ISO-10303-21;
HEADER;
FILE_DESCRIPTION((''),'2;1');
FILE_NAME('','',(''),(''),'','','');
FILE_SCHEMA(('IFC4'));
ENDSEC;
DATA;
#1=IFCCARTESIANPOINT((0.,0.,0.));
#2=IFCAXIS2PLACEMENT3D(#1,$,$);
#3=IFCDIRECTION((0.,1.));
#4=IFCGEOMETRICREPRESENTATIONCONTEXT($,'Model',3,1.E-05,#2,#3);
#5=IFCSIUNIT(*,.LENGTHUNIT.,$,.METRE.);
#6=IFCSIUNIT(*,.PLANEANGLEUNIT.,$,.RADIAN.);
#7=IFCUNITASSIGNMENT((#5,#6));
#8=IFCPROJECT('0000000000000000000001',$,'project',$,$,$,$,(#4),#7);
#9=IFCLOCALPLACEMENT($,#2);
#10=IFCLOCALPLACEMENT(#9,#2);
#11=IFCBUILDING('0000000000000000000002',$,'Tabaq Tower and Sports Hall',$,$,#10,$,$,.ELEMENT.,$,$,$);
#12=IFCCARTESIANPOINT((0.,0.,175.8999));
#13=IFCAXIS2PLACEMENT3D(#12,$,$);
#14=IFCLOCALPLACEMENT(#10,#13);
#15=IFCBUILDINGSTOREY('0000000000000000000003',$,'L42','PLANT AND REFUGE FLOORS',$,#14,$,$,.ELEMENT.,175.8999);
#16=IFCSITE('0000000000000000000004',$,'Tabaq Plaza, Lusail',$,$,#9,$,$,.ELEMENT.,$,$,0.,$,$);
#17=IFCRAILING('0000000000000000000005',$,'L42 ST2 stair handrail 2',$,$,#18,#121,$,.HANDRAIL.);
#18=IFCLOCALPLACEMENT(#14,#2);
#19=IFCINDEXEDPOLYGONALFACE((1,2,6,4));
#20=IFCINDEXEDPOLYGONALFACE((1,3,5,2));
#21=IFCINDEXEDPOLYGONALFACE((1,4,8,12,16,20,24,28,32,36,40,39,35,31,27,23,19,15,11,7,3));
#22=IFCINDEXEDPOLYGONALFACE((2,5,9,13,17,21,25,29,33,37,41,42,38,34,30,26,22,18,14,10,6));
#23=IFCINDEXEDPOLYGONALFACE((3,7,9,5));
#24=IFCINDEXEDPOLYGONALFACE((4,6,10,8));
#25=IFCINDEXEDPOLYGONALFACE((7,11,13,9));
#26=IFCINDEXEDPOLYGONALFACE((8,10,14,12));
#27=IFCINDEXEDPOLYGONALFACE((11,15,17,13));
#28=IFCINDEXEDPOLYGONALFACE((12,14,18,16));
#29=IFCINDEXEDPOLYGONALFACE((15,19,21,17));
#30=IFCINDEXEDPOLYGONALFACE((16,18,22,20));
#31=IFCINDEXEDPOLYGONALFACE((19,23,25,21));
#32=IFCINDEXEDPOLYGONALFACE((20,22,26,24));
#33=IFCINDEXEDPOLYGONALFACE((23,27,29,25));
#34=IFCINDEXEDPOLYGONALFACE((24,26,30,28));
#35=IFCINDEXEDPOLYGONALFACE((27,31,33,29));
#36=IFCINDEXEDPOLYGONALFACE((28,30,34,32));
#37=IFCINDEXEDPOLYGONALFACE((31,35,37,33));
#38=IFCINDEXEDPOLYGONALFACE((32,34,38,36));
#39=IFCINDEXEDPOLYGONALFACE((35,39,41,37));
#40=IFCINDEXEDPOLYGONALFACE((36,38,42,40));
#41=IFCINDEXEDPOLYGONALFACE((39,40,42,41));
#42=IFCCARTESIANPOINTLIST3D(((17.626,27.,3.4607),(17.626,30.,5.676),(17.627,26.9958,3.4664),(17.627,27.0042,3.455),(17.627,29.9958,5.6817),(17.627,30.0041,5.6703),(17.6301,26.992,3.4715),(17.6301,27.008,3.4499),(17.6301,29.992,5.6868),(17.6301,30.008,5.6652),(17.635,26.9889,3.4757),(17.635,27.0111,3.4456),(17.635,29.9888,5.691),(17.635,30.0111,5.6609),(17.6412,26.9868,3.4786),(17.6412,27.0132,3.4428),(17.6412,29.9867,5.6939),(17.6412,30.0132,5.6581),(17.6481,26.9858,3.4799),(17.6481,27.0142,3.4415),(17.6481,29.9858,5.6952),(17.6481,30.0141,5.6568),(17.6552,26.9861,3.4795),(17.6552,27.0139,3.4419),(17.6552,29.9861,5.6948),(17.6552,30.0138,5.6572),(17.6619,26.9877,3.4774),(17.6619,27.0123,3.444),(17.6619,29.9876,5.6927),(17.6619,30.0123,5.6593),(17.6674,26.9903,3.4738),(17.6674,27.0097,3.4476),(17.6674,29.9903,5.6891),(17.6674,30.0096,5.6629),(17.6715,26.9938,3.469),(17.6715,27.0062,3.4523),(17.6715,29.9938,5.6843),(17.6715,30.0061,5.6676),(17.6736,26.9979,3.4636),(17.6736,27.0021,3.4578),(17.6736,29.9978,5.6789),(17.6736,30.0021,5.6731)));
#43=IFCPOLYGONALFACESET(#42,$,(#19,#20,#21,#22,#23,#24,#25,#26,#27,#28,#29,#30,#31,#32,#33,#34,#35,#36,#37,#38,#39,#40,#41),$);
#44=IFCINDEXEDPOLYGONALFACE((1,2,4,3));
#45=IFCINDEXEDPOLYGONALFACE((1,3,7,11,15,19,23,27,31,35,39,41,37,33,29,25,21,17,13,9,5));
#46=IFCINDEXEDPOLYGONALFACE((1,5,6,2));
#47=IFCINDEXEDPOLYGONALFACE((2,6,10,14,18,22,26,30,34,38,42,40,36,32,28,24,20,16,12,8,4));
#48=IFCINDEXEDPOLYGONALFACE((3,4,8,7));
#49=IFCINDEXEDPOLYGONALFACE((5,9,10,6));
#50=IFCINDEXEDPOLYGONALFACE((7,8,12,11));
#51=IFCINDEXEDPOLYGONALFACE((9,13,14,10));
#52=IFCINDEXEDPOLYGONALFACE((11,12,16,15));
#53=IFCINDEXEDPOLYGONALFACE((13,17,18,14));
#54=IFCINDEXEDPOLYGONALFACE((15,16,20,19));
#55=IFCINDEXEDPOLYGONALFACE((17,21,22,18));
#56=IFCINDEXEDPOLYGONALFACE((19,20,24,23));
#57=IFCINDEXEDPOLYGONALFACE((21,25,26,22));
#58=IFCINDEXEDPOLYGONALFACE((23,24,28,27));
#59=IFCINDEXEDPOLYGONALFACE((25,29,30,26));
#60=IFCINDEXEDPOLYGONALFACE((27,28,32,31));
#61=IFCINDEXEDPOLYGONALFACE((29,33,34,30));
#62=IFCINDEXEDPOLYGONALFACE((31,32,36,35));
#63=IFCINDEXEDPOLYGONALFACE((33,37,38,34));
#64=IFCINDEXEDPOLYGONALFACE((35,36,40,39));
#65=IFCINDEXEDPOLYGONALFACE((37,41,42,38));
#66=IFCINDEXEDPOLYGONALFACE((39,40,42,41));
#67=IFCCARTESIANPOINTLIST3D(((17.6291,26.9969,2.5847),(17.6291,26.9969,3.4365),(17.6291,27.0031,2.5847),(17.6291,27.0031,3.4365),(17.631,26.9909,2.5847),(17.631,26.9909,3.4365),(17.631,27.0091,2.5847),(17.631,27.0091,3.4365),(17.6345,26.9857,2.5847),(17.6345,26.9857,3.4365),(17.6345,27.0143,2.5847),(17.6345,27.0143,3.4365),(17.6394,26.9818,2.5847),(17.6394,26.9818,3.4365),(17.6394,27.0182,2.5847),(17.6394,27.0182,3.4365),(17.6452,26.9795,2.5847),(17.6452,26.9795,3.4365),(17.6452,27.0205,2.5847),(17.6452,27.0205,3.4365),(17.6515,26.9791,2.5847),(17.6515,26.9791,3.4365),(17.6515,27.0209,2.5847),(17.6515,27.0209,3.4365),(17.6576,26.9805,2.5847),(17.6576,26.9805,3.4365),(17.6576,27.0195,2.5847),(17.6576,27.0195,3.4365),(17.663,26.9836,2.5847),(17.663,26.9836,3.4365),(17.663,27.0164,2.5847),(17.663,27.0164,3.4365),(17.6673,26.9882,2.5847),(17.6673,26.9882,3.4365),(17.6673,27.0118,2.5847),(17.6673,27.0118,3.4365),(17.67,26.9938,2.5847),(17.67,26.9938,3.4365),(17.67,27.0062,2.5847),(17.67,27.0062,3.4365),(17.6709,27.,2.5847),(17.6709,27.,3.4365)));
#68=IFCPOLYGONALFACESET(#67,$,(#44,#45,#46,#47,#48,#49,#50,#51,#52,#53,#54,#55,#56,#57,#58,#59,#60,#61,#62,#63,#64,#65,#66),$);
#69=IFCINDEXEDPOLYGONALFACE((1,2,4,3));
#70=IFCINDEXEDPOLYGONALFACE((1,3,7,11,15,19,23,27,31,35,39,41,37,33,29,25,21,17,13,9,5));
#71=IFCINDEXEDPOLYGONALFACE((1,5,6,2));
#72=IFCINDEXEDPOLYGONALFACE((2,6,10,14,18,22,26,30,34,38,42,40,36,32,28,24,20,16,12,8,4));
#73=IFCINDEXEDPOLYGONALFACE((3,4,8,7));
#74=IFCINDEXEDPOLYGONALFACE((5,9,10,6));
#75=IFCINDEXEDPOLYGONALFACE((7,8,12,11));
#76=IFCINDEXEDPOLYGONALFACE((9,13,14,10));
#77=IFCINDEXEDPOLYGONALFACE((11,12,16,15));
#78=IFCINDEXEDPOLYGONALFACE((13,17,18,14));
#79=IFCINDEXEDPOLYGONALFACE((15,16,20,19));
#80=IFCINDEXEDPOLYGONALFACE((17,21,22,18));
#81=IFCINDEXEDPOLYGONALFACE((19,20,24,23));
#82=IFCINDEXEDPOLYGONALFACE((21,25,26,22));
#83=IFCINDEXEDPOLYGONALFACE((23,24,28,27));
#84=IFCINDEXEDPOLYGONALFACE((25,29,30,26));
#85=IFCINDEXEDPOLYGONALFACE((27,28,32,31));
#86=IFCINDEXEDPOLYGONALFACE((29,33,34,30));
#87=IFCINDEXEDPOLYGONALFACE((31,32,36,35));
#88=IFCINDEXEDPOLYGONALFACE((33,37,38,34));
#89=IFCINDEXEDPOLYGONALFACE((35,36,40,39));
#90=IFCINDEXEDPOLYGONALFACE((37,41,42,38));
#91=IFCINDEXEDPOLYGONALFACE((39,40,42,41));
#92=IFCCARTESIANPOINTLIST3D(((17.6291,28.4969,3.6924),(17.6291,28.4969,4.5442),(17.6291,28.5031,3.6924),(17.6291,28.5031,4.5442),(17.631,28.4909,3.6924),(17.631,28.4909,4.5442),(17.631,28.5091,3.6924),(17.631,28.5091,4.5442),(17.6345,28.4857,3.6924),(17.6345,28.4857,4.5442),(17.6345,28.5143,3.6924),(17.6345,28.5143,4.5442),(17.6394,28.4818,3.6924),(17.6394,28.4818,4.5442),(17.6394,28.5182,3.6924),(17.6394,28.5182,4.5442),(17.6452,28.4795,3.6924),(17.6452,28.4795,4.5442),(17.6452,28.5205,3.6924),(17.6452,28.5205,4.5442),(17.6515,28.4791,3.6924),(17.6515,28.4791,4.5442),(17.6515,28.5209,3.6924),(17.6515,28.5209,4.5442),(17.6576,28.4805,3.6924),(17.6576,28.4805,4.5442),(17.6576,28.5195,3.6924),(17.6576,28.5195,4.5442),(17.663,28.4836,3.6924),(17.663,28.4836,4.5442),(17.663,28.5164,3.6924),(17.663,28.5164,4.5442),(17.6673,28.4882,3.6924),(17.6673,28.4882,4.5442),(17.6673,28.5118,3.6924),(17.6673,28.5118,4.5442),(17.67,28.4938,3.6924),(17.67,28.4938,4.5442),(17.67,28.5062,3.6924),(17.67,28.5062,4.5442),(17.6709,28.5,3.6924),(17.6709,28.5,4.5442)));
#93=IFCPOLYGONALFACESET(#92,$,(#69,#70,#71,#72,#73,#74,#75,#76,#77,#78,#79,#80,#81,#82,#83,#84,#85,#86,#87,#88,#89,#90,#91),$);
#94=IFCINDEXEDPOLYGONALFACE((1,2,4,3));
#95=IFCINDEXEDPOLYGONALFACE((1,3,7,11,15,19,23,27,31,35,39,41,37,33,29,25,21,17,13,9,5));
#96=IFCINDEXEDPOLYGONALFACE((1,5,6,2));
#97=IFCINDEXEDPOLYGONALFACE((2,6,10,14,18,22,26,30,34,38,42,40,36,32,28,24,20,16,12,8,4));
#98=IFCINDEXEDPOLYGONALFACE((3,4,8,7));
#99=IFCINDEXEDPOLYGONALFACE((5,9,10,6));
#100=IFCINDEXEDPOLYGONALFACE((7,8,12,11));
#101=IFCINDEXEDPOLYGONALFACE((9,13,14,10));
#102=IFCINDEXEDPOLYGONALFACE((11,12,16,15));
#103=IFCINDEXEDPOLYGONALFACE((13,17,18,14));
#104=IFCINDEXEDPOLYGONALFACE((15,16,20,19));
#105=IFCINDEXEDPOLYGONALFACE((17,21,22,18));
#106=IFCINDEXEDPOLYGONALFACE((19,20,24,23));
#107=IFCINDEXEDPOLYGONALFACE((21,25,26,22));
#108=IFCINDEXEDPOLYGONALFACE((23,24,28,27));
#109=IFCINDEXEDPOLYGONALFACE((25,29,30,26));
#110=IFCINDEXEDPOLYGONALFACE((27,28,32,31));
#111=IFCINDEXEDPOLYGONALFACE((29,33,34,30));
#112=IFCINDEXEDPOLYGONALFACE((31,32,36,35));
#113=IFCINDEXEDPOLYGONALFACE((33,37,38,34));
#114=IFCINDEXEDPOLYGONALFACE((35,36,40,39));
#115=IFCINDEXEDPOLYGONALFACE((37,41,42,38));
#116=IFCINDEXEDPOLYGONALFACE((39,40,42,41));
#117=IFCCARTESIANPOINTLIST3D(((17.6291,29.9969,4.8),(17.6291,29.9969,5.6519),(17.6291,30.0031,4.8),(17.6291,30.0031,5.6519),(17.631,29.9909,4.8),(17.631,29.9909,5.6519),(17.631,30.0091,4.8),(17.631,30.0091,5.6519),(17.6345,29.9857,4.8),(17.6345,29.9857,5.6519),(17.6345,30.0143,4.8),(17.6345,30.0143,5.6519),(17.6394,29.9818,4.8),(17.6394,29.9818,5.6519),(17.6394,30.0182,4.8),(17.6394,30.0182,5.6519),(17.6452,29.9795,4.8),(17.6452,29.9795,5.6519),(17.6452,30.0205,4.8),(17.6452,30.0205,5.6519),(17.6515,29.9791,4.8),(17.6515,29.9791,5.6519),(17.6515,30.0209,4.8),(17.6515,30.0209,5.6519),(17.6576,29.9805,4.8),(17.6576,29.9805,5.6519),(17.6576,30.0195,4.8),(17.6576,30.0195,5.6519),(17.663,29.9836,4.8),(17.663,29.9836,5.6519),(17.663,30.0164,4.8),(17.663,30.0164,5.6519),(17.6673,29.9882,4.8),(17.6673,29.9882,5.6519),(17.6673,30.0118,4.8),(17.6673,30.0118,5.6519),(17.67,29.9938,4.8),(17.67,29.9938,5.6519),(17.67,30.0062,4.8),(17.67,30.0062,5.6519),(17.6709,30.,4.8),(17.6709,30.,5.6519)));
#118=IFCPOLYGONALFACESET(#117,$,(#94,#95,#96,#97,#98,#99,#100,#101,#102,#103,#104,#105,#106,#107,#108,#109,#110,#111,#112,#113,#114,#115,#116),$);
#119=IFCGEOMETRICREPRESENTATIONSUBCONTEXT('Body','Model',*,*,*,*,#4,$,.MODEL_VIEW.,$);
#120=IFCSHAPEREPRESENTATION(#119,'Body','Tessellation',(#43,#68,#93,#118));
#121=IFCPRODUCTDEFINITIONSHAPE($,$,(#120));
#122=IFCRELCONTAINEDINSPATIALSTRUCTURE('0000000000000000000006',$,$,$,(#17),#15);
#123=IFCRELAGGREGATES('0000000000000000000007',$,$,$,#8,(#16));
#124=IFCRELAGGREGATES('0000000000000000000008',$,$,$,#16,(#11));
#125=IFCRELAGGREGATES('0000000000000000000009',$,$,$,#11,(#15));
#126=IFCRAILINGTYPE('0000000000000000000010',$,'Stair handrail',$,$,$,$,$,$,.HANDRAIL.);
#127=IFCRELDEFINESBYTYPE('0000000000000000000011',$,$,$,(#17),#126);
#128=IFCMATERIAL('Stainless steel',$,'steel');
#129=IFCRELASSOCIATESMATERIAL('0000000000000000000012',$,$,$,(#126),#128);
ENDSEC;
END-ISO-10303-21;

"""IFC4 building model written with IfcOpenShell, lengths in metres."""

from ifc_helpers import new_model, si_unit, direction, frame, origin, origin_2d, place, context, subcontext, project, spatial, circle, extrude, material, type_object, element, save


model = new_model("IFC4")

# Units and contexts
model_context = context("Model", 3, precision=1e-05, world=origin(), true_north=direction((0.0, 1.0)))
body_context = subcontext(model_context, "Body", "Model", "MODEL_VIEW")
ifc_project = project(units=[si_unit("LENGTHUNIT", "METRE"), si_unit("PLANEANGLEUNIT", "RADIAN")], contexts=[model_context])

# Site, building, storey
site_placement = place(None, origin())
site = spatial("IfcSite", under=ifc_project, at=site_placement, Name="Tabaq Plaza, Lusail", CompositionType="ELEMENT", RefElevation=0.0)
building_placement = place(site_placement, origin())
building = spatial("IfcBuilding", under=site, at=building_placement, Name="Tabaq Tower and Sports Hall", CompositionType="ELEMENT")
storey_placement = place(building_placement, frame((0.0, 0.0, 175.8999)))
storey = spatial("IfcBuildingStorey", under=building, at=storey_placement, Name="L42", Description="PLANT AND REFUGE FLOORS", CompositionType="ELEMENT", Elevation=175.8999)

# Railing
ifc_material_1 = material(Name="Stainless steel", Category="steel")
railing_type_1 = type_object("IfcRailingType", Name="Stair handrail", PredefinedType="HANDRAIL", material=ifc_material_1)
railing_1_placement = place(storey_placement, frame((17.6499, 27.0, 2.5847)))
element("IfcRailing", 1, at=railing_1_placement, inside=storey, type_object=railing_type_1, Name="L42 ST2 stair handrail 2", PredefinedType="HANDRAIL", context=body_context, shape_type="SweptSolid", body=[
    extrude(circle(Radius=0.0239, at=origin_2d()), frame((0.0, 0.0, 0.876), z_axis=(0.0, 0.80444, 0.594034), x_axis=(-1.0, 0.0, 0.0)), (0.0, 0.0, 1.0), 3.7292),
    extrude(circle(Radius=0.021, at=origin_2d()), origin(), (0.0, 0.0, 1.0), 0.8518),
    extrude(circle(Radius=0.021, at=origin_2d()), frame((0.0, 1.5, 1.1077)), (0.0, 0.0, 1.0), 0.8518),
    extrude(circle(Radius=0.021, at=origin_2d()), frame((0.0, 3.0, 2.2153)), (0.0, 0.0, 1.0), 0.8518),
])

save(model, "model.ifc")
